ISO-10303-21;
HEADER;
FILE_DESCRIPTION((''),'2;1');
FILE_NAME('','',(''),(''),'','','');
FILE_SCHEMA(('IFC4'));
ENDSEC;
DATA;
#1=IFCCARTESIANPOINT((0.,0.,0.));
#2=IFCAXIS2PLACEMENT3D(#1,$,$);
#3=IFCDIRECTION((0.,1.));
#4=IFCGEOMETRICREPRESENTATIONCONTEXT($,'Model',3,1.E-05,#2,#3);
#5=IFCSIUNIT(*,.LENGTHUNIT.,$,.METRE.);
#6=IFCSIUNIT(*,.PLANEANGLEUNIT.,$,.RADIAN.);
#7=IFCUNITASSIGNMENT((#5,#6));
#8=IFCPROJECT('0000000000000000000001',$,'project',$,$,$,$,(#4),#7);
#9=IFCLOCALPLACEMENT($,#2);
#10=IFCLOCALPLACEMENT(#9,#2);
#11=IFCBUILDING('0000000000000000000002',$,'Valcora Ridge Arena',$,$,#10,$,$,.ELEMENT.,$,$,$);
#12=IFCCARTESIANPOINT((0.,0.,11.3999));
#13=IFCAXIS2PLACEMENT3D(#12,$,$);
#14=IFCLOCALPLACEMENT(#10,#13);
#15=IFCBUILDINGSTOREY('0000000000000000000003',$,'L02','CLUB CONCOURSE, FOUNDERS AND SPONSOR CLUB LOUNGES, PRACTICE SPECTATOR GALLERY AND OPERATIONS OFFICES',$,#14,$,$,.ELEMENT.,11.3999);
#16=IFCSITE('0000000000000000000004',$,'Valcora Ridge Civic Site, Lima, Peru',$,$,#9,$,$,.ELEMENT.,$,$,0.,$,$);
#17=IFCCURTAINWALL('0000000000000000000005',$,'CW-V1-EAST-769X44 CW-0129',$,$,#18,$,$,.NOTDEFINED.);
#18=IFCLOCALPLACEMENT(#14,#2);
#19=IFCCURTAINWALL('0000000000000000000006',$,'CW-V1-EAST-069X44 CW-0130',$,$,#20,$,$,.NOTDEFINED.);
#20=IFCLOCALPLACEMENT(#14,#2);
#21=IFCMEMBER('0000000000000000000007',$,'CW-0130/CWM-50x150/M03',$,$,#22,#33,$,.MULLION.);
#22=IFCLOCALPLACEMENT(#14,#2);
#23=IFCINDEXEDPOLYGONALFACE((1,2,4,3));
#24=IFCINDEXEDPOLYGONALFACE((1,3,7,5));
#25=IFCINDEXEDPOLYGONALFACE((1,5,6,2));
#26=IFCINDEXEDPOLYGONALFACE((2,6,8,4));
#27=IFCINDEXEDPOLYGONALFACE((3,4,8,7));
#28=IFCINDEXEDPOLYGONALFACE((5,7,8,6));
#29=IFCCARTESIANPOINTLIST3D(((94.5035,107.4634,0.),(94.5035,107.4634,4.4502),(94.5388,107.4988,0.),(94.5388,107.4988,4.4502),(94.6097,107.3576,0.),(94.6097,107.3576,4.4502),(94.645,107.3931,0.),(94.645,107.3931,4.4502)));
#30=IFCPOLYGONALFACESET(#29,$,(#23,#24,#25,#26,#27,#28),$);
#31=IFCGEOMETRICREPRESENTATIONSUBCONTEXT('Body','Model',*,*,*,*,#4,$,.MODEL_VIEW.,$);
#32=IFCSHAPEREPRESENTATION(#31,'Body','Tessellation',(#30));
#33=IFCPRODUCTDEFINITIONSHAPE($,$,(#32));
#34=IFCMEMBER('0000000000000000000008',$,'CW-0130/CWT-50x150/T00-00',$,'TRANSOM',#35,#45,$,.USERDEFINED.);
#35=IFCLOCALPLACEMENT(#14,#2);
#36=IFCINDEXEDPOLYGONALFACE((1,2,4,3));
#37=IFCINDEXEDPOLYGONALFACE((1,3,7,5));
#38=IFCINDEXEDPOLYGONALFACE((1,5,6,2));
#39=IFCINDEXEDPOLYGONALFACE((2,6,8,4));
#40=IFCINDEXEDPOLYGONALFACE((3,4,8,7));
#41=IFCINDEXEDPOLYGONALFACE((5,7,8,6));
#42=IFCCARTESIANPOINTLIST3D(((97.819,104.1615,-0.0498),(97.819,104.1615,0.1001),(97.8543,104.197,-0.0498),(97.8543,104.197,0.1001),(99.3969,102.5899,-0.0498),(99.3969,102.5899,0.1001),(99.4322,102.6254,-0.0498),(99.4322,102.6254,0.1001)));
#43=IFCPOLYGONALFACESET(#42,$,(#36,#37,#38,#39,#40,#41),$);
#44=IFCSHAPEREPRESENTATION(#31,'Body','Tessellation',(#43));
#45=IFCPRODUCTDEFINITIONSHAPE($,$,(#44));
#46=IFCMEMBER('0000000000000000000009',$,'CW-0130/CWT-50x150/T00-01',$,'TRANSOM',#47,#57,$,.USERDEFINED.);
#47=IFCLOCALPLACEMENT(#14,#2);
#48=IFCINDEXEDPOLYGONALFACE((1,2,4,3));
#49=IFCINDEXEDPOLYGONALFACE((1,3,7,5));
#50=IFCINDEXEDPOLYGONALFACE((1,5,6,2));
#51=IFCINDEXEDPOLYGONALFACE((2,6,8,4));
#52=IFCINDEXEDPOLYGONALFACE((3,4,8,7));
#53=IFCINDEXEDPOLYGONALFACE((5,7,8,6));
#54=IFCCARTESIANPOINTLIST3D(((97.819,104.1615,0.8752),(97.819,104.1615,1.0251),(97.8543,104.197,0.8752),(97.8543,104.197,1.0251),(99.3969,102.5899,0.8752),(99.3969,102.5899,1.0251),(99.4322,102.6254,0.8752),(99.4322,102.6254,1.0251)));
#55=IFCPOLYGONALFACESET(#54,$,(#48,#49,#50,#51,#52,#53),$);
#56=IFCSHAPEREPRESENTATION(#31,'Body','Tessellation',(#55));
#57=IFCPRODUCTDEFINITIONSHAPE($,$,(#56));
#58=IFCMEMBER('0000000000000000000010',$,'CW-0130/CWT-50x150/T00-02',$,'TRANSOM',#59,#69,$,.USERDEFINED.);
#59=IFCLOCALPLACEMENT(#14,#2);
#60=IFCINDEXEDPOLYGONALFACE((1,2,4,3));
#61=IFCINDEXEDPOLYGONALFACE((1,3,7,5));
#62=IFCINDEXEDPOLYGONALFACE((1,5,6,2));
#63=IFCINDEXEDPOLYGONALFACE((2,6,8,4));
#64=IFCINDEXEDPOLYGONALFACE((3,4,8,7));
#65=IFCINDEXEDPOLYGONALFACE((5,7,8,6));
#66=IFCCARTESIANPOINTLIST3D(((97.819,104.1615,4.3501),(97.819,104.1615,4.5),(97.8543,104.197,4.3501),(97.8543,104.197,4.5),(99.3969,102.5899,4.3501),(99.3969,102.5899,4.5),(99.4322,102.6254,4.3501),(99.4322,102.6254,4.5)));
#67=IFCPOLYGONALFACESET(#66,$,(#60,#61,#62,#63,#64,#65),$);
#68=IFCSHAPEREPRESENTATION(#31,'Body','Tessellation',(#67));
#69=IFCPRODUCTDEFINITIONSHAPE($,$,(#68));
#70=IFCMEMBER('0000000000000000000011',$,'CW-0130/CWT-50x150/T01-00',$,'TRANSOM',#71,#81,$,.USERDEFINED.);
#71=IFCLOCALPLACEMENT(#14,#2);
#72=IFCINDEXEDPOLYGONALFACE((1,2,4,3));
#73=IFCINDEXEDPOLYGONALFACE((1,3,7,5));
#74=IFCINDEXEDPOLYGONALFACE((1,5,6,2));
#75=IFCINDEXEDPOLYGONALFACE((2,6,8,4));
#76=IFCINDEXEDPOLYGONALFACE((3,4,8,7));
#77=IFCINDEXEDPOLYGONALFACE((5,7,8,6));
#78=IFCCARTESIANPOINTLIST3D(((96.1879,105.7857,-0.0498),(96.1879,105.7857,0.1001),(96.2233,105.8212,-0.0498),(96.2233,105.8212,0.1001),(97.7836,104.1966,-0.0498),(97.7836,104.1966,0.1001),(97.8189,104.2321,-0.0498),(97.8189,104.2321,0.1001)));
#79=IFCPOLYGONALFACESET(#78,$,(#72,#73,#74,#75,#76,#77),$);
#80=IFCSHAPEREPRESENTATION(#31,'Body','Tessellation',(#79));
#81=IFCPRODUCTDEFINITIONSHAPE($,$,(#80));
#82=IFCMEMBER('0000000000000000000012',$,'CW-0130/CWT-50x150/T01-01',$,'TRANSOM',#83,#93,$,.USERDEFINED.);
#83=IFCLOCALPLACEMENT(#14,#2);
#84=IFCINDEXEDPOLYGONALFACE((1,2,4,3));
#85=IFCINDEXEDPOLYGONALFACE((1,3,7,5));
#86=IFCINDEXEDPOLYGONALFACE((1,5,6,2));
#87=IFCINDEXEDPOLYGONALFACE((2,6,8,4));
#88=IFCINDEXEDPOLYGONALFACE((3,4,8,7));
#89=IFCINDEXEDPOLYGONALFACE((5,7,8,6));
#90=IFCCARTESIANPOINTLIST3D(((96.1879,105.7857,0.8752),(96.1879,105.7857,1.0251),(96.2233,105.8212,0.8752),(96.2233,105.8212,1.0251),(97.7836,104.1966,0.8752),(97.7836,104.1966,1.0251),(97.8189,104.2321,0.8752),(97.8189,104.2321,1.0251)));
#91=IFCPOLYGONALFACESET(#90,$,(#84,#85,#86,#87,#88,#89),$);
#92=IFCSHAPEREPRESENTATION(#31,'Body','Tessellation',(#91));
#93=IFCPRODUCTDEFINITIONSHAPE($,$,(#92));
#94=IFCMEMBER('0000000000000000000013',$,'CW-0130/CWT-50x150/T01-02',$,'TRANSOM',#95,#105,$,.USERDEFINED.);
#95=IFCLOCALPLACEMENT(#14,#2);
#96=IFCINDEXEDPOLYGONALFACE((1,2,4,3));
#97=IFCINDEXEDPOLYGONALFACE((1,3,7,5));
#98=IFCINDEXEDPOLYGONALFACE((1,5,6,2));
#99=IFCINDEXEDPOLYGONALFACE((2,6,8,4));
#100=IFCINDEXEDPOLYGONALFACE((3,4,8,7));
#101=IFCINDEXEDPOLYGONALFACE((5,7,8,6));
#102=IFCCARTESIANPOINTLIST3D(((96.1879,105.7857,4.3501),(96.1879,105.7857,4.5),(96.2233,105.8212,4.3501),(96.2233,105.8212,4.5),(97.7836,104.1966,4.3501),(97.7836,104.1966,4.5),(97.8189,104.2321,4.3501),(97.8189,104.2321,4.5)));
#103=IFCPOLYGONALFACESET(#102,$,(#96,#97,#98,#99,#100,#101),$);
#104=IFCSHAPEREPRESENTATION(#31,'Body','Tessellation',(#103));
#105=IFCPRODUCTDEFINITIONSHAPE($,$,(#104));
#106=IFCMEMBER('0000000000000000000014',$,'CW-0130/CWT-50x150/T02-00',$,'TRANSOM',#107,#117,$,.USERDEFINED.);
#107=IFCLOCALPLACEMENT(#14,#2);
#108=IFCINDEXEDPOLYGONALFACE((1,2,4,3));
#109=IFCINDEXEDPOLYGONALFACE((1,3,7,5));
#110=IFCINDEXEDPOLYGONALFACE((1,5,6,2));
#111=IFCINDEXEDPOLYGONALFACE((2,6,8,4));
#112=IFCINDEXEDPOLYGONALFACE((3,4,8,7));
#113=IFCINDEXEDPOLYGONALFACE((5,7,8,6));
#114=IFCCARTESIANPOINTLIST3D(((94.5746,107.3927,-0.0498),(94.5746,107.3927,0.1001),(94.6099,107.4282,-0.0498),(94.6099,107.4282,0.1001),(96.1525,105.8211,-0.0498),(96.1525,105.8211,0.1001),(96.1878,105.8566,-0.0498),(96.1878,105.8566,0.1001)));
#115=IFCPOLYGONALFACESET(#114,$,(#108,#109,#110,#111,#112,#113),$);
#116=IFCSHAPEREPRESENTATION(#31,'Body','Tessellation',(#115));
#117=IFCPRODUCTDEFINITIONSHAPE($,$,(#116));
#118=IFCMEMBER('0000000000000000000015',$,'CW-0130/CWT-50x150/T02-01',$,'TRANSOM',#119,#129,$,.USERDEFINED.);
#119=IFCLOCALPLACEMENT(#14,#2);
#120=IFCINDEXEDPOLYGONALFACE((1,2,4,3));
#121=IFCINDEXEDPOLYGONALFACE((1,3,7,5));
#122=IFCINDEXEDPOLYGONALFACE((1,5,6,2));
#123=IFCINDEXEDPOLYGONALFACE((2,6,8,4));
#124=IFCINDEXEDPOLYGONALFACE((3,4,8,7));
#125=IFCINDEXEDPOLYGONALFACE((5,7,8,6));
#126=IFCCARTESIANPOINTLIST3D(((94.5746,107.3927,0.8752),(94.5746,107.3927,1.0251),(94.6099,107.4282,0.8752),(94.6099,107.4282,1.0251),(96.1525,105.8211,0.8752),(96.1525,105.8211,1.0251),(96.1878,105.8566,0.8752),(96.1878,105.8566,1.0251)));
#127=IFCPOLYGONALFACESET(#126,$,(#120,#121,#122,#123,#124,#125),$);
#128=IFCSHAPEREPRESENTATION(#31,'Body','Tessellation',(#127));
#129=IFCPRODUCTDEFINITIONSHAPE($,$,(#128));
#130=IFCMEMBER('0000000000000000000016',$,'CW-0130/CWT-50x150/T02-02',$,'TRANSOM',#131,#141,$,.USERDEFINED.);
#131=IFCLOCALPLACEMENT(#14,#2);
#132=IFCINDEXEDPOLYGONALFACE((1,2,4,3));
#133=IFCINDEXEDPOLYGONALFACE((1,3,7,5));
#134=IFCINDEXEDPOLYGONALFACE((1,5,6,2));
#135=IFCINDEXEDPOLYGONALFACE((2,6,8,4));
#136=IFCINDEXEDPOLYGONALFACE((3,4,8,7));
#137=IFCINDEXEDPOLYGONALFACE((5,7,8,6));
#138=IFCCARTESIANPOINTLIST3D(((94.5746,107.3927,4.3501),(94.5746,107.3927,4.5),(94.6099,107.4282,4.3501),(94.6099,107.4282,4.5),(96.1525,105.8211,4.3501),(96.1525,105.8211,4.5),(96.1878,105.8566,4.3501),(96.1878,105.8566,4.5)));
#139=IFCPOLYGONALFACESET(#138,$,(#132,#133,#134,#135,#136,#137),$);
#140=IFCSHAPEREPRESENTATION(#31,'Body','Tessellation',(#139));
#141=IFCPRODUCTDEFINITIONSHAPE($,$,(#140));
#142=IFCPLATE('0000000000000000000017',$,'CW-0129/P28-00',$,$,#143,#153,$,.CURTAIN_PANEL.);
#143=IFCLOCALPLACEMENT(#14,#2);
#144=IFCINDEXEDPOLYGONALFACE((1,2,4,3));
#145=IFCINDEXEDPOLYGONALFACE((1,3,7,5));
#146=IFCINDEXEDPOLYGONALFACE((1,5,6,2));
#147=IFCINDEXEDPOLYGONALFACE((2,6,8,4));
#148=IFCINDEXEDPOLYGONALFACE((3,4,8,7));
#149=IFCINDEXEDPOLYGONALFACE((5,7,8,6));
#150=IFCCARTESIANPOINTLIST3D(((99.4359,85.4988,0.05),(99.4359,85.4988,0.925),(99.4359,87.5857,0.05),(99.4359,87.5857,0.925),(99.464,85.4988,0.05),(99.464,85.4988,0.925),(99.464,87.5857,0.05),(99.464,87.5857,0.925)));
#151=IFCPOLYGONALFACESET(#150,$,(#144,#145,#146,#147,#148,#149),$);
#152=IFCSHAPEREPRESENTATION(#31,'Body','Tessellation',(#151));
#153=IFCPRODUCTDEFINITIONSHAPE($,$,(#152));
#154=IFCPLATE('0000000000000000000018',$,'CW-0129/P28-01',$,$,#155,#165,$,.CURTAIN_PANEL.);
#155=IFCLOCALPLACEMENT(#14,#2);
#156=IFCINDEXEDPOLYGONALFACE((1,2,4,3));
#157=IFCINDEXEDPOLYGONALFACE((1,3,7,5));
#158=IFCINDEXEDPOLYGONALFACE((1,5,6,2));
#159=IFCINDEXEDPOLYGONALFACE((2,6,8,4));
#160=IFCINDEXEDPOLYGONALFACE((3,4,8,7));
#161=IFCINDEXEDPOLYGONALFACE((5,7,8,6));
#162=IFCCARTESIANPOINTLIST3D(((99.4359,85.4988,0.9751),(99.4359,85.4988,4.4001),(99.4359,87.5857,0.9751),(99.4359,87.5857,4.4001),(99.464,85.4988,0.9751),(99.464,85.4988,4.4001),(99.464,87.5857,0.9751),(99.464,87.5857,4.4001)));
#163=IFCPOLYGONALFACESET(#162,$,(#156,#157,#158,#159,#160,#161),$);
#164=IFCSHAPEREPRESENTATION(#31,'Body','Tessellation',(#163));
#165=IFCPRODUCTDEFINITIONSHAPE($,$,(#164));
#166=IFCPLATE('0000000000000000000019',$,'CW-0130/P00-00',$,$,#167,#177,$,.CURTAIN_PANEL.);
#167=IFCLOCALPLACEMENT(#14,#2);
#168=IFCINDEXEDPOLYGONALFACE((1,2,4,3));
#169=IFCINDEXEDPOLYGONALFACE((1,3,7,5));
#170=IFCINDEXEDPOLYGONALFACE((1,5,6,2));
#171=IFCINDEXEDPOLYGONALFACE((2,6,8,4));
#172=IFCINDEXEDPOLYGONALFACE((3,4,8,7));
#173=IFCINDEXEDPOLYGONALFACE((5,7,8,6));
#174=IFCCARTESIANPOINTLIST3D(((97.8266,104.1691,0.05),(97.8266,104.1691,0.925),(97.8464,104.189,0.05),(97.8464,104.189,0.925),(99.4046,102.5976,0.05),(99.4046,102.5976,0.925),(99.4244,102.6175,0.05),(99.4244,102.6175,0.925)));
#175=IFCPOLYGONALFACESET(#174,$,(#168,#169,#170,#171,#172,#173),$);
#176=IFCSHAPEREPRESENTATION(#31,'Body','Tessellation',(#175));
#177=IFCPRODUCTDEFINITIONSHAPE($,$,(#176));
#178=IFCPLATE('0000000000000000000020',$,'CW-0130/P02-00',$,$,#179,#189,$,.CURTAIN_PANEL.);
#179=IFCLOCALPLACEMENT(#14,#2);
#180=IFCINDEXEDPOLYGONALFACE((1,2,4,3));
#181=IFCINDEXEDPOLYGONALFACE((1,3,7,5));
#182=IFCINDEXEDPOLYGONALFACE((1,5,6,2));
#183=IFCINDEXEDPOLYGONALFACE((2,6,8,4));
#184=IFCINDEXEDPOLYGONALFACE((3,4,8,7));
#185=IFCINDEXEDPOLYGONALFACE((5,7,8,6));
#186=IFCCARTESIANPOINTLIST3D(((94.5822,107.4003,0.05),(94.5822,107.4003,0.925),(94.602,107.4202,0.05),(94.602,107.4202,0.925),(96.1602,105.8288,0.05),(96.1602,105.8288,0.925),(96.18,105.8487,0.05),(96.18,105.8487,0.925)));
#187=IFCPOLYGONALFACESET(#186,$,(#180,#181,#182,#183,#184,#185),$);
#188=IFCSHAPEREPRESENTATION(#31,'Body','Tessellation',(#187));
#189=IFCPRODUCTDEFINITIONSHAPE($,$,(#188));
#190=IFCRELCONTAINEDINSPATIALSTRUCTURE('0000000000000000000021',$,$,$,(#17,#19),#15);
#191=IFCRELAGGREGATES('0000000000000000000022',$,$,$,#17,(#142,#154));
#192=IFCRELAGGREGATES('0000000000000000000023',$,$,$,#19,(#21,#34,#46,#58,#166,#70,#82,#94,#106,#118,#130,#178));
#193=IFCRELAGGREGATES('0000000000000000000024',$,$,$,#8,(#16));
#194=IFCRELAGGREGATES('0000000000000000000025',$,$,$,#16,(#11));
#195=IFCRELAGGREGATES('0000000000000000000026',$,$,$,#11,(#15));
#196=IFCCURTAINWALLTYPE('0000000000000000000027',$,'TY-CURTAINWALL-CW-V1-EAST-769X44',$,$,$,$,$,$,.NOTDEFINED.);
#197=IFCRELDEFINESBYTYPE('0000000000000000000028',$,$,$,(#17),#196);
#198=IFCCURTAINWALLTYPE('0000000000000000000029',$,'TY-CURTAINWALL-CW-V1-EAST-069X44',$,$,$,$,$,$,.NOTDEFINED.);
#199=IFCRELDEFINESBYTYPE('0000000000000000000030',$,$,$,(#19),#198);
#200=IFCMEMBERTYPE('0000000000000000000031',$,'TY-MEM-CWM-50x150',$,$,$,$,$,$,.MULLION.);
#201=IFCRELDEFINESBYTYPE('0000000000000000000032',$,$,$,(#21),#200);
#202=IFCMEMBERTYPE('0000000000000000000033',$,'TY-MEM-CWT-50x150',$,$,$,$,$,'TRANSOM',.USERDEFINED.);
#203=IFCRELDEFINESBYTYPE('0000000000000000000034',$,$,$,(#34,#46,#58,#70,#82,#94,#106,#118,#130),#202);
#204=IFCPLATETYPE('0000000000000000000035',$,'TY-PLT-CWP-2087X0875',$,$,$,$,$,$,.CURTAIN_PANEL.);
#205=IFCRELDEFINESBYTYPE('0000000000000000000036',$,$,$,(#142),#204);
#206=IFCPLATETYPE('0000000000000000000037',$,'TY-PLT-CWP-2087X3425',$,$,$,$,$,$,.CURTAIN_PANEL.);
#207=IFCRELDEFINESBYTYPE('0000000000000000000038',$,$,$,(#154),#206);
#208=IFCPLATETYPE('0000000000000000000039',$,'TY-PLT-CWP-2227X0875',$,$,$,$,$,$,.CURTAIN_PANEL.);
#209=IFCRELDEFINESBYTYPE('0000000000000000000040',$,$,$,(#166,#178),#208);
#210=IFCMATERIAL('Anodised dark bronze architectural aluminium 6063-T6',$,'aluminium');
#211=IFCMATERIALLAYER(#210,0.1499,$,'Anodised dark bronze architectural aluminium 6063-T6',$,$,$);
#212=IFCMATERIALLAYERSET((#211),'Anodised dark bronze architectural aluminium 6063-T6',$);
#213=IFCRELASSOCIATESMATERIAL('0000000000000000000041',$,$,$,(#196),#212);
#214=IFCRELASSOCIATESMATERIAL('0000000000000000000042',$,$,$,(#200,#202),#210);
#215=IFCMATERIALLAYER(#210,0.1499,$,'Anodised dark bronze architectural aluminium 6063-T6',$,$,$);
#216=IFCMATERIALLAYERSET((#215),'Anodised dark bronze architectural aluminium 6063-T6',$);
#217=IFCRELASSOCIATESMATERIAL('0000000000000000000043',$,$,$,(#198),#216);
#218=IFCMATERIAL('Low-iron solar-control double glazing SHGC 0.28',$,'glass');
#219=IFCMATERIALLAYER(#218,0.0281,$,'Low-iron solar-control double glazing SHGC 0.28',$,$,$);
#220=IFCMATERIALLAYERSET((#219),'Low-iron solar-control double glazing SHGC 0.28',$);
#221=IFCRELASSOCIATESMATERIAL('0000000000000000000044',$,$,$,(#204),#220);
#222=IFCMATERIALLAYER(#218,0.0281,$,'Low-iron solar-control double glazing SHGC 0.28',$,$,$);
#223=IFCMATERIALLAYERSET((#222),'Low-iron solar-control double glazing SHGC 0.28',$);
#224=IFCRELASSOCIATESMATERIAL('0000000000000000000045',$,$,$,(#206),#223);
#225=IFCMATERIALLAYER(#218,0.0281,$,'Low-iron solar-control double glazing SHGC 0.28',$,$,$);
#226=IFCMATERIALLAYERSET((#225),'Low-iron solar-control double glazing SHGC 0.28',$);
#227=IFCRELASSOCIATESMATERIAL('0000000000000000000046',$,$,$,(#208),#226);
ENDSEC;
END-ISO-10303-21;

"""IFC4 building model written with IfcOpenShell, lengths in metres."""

from ifc_helpers import new_model, si_unit, direction, frame, origin, origin_2d, place, context, subcontext, project, spatial, rectangle, extrude, material, layer, layer_set, material_profile, profile_set, type_object, element, aggregate, save


model = new_model("IFC4")

# Units and contexts
model_context = context("Model", 3, precision=1e-05, world=origin(), true_north=direction((0.0, 1.0)))
body_context = subcontext(model_context, "Body", "Model", "MODEL_VIEW")
ifc_project = project(units=[si_unit("LENGTHUNIT", "METRE"), si_unit("PLANEANGLEUNIT", "RADIAN")], contexts=[model_context])

# Site, building, storey
site_placement = place(None, origin())
site = spatial("IfcSite", under=ifc_project, at=site_placement, Name="Valcora Ridge Civic Site, Lima, Peru", CompositionType="ELEMENT", RefElevation=0.0)
building_placement = place(site_placement, origin())
building = spatial("IfcBuilding", under=site, at=building_placement, Name="Valcora Ridge Arena", CompositionType="ELEMENT")
storey_placement = place(building_placement, frame((0.0, 0.0, 11.3999)))
storey = spatial("IfcBuildingStorey", under=building, at=storey_placement, Name="L02", Description="CLUB CONCOURSE, FOUNDERS AND SPONSOR CLUB LOUNGES, PRACTICE SPECTATOR GALLERY AND OPERATIONS OFFICES", CompositionType="ELEMENT", Elevation=11.3999)

# Curtain wall
ifc_material_1 = material(Name="Anodised dark bronze architectural aluminium 6063-T6", Category="aluminium")
ifc_layer_1 = layer(ifc_material_1, 0.1499, Name="Anodised dark bronze architectural aluminium 6063-T6")
ifc_layer_set_1 = layer_set([ifc_layer_1], Name="Anodised dark bronze architectural aluminium 6063-T6")
curtain_wall_type_1 = type_object("IfcCurtainWallType", Name="TY-CURTAINWALL-CW-V1-EAST-769X44", PredefinedType="NOTDEFINED", material=ifc_layer_set_1)
curtain_wall_1_placement = place(storey_placement, origin())
curtain_wall_1 = element("IfcCurtainWall", 1, at=curtain_wall_1_placement, inside=storey, type_object=curtain_wall_type_1, Name="CW-V1-EAST-769X44 CW-0129", PredefinedType="NOTDEFINED")
ifc_material_profile_1 = material_profile(ifc_material_1, rectangle(XDim=0.05, YDim=0.1499, at=origin_2d()), Name="ALU MULLION 50x150")
ifc_profile_set_1 = profile_set([ifc_material_profile_1], Name="Anodised dark bronze architectural aluminium 6063-T6")
member_type_1 = type_object("IfcMemberType", Name="TY-MEM-CWM-50x150", PredefinedType="MULLION", material=ifc_profile_set_1)

# Curtain wall, members
ifc_layer_2 = layer(ifc_material_1, 0.1499, Name="Anodised dark bronze architectural aluminium 6063-T6")
ifc_layer_set_2 = layer_set([ifc_layer_2], Name="Anodised dark bronze architectural aluminium 6063-T6")
curtain_wall_type_2 = type_object("IfcCurtainWallType", Name="TY-CURTAINWALL-CW-V1-EAST-069X44", PredefinedType="NOTDEFINED", material=ifc_layer_set_2)
curtain_wall_2_placement = place(storey_placement, origin())
curtain_wall_2 = element("IfcCurtainWall", 2, at=curtain_wall_2_placement, inside=storey, type_object=curtain_wall_type_2, Name="CW-V1-EAST-069X44 CW-0130", PredefinedType="NOTDEFINED")
member_1_placement = place(storey_placement, frame((94.5742, 107.4282, 0.0), z_axis=(0.0, 0.0, 1.0), x_axis=(-0.705658, -0.708553, 0.0)))
member_1 = element("IfcMember", 3, at=member_1_placement, type_object=member_type_1, Name="CW-0130/CWM-50x150/M03", PredefinedType="MULLION", context=body_context, shape_type="SweptSolid", body=[
    extrude(rectangle(XDim=0.05, YDim=0.1499, at=origin_2d()), origin(), (0.0, 0.0, 1.0), 4.4502),
])
ifc_material_profile_2 = material_profile(ifc_material_1, rectangle(XDim=0.05, YDim=0.1499, at=origin_2d()), Name="ALU TRANSOM 50x150")
ifc_profile_set_2 = profile_set([ifc_material_profile_2], Name="Anodised dark bronze architectural aluminium 6063-T6")
member_type_2 = type_object("IfcMemberType", Name="TY-MEM-CWT-50x150", ElementType="TRANSOM", PredefinedType="USERDEFINED", material=ifc_profile_set_2)
member_2_placement = place(storey_placement, frame((99.4146, 102.6077, 0.0251), z_axis=(-0.708531, 0.70568, 0.0), x_axis=(-0.70568, -0.708531, 0.0)))
member_2 = element("IfcMember", 4, at=member_2_placement, type_object=member_type_2, Name="CW-0130/CWT-50x150/T00-00", ObjectType="TRANSOM", PredefinedType="USERDEFINED", context=body_context, shape_type="SweptSolid", body=[
    extrude(rectangle(XDim=0.05, YDim=0.1499, at=origin_2d()), origin(), (0.0, 0.0, 1.0), 2.2271),
])
member_3_placement = place(storey_placement, frame((99.4146, 102.6077, 0.9502), z_axis=(-0.708531, 0.70568, 0.0), x_axis=(-0.70568, -0.708531, 0.0)))
member_3 = element("IfcMember", 5, at=member_3_placement, type_object=member_type_2, Name="CW-0130/CWT-50x150/T00-01", ObjectType="TRANSOM", PredefinedType="USERDEFINED", context=body_context, shape_type="SweptSolid", body=[
    extrude(rectangle(XDim=0.05, YDim=0.1499, at=origin_2d()), origin(), (0.0, 0.0, 1.0), 2.2271),
])
member_4_placement = place(storey_placement, frame((99.4146, 102.6077, 4.425), z_axis=(-0.708531, 0.70568, 0.0), x_axis=(-0.70568, -0.708531, 0.0)))
member_4 = element("IfcMember", 6, at=member_4_placement, type_object=member_type_2, Name="CW-0130/CWT-50x150/T00-02", ObjectType="TRANSOM", PredefinedType="USERDEFINED", context=body_context, shape_type="SweptSolid", body=[
    extrude(rectangle(XDim=0.05, YDim=0.1499, at=origin_2d()), origin(), (0.0, 0.0, 1.0), 2.2271),
])
member_5_placement = place(storey_placement, frame((97.8013, 104.2144, 0.0251), z_axis=(-0.708569, 0.705642, 0.0), x_axis=(-0.705642, -0.708569, 0.0)))
member_5 = element("IfcMember", 7, at=member_5_placement, type_object=member_type_2, Name="CW-0130/CWT-50x150/T01-00", ObjectType="TRANSOM", PredefinedType="USERDEFINED", context=body_context, shape_type="SweptSolid", body=[
    extrude(rectangle(XDim=0.05, YDim=0.1499, at=origin_2d()), origin(), (0.0, 0.0, 1.0), 2.252),
])
member_6_placement = place(storey_placement, frame((97.8013, 104.2144, 0.9502), z_axis=(-0.708569, 0.705642, 0.0), x_axis=(-0.705642, -0.708569, 0.0)))
member_6 = element("IfcMember", 8, at=member_6_placement, type_object=member_type_2, Name="CW-0130/CWT-50x150/T01-01", ObjectType="TRANSOM", PredefinedType="USERDEFINED", context=body_context, shape_type="SweptSolid", body=[
    extrude(rectangle(XDim=0.05, YDim=0.1499, at=origin_2d()), origin(), (0.0, 0.0, 1.0), 2.252),
])
member_7_placement = place(storey_placement, frame((97.8013, 104.2144, 4.425), z_axis=(-0.708569, 0.705642, 0.0), x_axis=(-0.705642, -0.708569, 0.0)))
member_7 = element("IfcMember", 9, at=member_7_placement, type_object=member_type_2, Name="CW-0130/CWT-50x150/T01-02", ObjectType="TRANSOM", PredefinedType="USERDEFINED", context=body_context, shape_type="SweptSolid", body=[
    extrude(rectangle(XDim=0.05, YDim=0.1499, at=origin_2d()), origin(), (0.0, 0.0, 1.0), 2.252),
])
member_8_placement = place(storey_placement, frame((96.1702, 105.8389, 0.0251), z_axis=(-0.708531, 0.70568, 0.0), x_axis=(-0.70568, -0.708531, 0.0)))
member_8 = element("IfcMember", 10, at=member_8_placement, type_object=member_type_2, Name="CW-0130/CWT-50x150/T02-00", ObjectType="TRANSOM", PredefinedType="USERDEFINED", context=body_context, shape_type="SweptSolid", body=[
    extrude(rectangle(XDim=0.05, YDim=0.1499, at=origin_2d()), origin(), (0.0, 0.0, 1.0), 2.2271),
])
member_9_placement = place(storey_placement, frame((96.1702, 105.8389, 0.9502), z_axis=(-0.708531, 0.70568, 0.0), x_axis=(-0.70568, -0.708531, 0.0)))
member_9 = element("IfcMember", 11, at=member_9_placement, type_object=member_type_2, Name="CW-0130/CWT-50x150/T02-01", ObjectType="TRANSOM", PredefinedType="USERDEFINED", context=body_context, shape_type="SweptSolid", body=[
    extrude(rectangle(XDim=0.05, YDim=0.1499, at=origin_2d()), origin(), (0.0, 0.0, 1.0), 2.2271),
])
member_10_placement = place(storey_placement, frame((96.1702, 105.8389, 4.425), z_axis=(-0.708531, 0.70568, 0.0), x_axis=(-0.70568, -0.708531, 0.0)))
member_10 = element("IfcMember", 12, at=member_10_placement, type_object=member_type_2, Name="CW-0130/CWT-50x150/T02-02", ObjectType="TRANSOM", PredefinedType="USERDEFINED", context=body_context, shape_type="SweptSolid", body=[
    extrude(rectangle(XDim=0.05, YDim=0.1499, at=origin_2d()), origin(), (0.0, 0.0, 1.0), 2.2271),
])

# Plates
ifc_material_2 = material(Name="Low-iron solar-control double glazing SHGC 0.28", Category="glass")
ifc_layer_3 = layer(ifc_material_2, 0.0281, Name="Low-iron solar-control double glazing SHGC 0.28")
ifc_layer_set_3 = layer_set([ifc_layer_3], Name="Low-iron solar-control double glazing SHGC 0.28")
plate_type_1 = type_object("IfcPlateType", Name="TY-PLT-CWP-2087X0875", PredefinedType="CURTAIN_PANEL", material=ifc_layer_set_3)
plate_1_placement = place(storey_placement, frame((99.45, 86.5422, 0.05), z_axis=(0.0, 0.0, 1.0), x_axis=(0.0, 1.0, 0.0)))
plate_1 = element("IfcPlate", 13, at=plate_1_placement, type_object=plate_type_1, Name="CW-0129/P28-00", PredefinedType="CURTAIN_PANEL", context=body_context, shape_type="SweptSolid", body=[
    extrude(rectangle(XDim=2.0869, YDim=0.0281, at=origin_2d()), origin(), (0.0, 0.0, 1.0), 0.875),
])
ifc_layer_4 = layer(ifc_material_2, 0.0281, Name="Low-iron solar-control double glazing SHGC 0.28")
ifc_layer_set_4 = layer_set([ifc_layer_4], Name="Low-iron solar-control double glazing SHGC 0.28")
plate_type_2 = type_object("IfcPlateType", Name="TY-PLT-CWP-2087X3425", PredefinedType="CURTAIN_PANEL", material=ifc_layer_set_4)
plate_2_placement = place(storey_placement, frame((99.45, 86.5422, 0.9751), z_axis=(0.0, 0.0, 1.0), x_axis=(0.0, 1.0, 0.0)))
plate_2 = element("IfcPlate", 14, at=plate_2_placement, type_object=plate_type_2, Name="CW-0129/P28-01", PredefinedType="CURTAIN_PANEL", context=body_context, shape_type="SweptSolid", body=[
    extrude(rectangle(XDim=2.0869, YDim=0.0281, at=origin_2d()), origin(), (0.0, 0.0, 1.0), 3.425),
])
aggregate(curtain_wall_1, [plate_1, plate_2])
ifc_layer_5 = layer(ifc_material_2, 0.0281, Name="Low-iron solar-control double glazing SHGC 0.28")
ifc_layer_set_5 = layer_set([ifc_layer_5], Name="Low-iron solar-control double glazing SHGC 0.28")
plate_type_3 = type_object("IfcPlateType", Name="TY-PLT-CWP-2227X0875", PredefinedType="CURTAIN_PANEL", material=ifc_layer_set_5)
plate_3_placement = place(storey_placement, frame((98.6255, 103.3933, 0.05), z_axis=(0.0, 0.0, 1.0), x_axis=(-0.708553, 0.705658, 0.0)))
plate_3 = element("IfcPlate", 15, at=plate_3_placement, type_object=plate_type_3, Name="CW-0130/P00-00", PredefinedType="CURTAIN_PANEL", context=body_context, shape_type="SweptSolid", body=[
    extrude(rectangle(XDim=2.2271, YDim=0.0281, at=origin_2d()), origin(), (0.0, 0.0, 1.0), 0.875),
])
plate_4_placement = place(storey_placement, frame((95.3811, 106.6245, 0.05), z_axis=(0.0, 0.0, 1.0), x_axis=(-0.708553, 0.705658, 0.0)))
plate_4 = element("IfcPlate", 16, at=plate_4_placement, type_object=plate_type_3, Name="CW-0130/P02-00", PredefinedType="CURTAIN_PANEL", context=body_context, shape_type="SweptSolid", body=[
    extrude(rectangle(XDim=2.2271, YDim=0.0281, at=origin_2d()), origin(), (0.0, 0.0, 1.0), 0.875),
])
aggregate(curtain_wall_2, [member_1, member_2, member_3, member_4, plate_3, member_5, member_6, member_7, member_8, member_9, member_10, plate_4])

save(model, "model.ifc")
